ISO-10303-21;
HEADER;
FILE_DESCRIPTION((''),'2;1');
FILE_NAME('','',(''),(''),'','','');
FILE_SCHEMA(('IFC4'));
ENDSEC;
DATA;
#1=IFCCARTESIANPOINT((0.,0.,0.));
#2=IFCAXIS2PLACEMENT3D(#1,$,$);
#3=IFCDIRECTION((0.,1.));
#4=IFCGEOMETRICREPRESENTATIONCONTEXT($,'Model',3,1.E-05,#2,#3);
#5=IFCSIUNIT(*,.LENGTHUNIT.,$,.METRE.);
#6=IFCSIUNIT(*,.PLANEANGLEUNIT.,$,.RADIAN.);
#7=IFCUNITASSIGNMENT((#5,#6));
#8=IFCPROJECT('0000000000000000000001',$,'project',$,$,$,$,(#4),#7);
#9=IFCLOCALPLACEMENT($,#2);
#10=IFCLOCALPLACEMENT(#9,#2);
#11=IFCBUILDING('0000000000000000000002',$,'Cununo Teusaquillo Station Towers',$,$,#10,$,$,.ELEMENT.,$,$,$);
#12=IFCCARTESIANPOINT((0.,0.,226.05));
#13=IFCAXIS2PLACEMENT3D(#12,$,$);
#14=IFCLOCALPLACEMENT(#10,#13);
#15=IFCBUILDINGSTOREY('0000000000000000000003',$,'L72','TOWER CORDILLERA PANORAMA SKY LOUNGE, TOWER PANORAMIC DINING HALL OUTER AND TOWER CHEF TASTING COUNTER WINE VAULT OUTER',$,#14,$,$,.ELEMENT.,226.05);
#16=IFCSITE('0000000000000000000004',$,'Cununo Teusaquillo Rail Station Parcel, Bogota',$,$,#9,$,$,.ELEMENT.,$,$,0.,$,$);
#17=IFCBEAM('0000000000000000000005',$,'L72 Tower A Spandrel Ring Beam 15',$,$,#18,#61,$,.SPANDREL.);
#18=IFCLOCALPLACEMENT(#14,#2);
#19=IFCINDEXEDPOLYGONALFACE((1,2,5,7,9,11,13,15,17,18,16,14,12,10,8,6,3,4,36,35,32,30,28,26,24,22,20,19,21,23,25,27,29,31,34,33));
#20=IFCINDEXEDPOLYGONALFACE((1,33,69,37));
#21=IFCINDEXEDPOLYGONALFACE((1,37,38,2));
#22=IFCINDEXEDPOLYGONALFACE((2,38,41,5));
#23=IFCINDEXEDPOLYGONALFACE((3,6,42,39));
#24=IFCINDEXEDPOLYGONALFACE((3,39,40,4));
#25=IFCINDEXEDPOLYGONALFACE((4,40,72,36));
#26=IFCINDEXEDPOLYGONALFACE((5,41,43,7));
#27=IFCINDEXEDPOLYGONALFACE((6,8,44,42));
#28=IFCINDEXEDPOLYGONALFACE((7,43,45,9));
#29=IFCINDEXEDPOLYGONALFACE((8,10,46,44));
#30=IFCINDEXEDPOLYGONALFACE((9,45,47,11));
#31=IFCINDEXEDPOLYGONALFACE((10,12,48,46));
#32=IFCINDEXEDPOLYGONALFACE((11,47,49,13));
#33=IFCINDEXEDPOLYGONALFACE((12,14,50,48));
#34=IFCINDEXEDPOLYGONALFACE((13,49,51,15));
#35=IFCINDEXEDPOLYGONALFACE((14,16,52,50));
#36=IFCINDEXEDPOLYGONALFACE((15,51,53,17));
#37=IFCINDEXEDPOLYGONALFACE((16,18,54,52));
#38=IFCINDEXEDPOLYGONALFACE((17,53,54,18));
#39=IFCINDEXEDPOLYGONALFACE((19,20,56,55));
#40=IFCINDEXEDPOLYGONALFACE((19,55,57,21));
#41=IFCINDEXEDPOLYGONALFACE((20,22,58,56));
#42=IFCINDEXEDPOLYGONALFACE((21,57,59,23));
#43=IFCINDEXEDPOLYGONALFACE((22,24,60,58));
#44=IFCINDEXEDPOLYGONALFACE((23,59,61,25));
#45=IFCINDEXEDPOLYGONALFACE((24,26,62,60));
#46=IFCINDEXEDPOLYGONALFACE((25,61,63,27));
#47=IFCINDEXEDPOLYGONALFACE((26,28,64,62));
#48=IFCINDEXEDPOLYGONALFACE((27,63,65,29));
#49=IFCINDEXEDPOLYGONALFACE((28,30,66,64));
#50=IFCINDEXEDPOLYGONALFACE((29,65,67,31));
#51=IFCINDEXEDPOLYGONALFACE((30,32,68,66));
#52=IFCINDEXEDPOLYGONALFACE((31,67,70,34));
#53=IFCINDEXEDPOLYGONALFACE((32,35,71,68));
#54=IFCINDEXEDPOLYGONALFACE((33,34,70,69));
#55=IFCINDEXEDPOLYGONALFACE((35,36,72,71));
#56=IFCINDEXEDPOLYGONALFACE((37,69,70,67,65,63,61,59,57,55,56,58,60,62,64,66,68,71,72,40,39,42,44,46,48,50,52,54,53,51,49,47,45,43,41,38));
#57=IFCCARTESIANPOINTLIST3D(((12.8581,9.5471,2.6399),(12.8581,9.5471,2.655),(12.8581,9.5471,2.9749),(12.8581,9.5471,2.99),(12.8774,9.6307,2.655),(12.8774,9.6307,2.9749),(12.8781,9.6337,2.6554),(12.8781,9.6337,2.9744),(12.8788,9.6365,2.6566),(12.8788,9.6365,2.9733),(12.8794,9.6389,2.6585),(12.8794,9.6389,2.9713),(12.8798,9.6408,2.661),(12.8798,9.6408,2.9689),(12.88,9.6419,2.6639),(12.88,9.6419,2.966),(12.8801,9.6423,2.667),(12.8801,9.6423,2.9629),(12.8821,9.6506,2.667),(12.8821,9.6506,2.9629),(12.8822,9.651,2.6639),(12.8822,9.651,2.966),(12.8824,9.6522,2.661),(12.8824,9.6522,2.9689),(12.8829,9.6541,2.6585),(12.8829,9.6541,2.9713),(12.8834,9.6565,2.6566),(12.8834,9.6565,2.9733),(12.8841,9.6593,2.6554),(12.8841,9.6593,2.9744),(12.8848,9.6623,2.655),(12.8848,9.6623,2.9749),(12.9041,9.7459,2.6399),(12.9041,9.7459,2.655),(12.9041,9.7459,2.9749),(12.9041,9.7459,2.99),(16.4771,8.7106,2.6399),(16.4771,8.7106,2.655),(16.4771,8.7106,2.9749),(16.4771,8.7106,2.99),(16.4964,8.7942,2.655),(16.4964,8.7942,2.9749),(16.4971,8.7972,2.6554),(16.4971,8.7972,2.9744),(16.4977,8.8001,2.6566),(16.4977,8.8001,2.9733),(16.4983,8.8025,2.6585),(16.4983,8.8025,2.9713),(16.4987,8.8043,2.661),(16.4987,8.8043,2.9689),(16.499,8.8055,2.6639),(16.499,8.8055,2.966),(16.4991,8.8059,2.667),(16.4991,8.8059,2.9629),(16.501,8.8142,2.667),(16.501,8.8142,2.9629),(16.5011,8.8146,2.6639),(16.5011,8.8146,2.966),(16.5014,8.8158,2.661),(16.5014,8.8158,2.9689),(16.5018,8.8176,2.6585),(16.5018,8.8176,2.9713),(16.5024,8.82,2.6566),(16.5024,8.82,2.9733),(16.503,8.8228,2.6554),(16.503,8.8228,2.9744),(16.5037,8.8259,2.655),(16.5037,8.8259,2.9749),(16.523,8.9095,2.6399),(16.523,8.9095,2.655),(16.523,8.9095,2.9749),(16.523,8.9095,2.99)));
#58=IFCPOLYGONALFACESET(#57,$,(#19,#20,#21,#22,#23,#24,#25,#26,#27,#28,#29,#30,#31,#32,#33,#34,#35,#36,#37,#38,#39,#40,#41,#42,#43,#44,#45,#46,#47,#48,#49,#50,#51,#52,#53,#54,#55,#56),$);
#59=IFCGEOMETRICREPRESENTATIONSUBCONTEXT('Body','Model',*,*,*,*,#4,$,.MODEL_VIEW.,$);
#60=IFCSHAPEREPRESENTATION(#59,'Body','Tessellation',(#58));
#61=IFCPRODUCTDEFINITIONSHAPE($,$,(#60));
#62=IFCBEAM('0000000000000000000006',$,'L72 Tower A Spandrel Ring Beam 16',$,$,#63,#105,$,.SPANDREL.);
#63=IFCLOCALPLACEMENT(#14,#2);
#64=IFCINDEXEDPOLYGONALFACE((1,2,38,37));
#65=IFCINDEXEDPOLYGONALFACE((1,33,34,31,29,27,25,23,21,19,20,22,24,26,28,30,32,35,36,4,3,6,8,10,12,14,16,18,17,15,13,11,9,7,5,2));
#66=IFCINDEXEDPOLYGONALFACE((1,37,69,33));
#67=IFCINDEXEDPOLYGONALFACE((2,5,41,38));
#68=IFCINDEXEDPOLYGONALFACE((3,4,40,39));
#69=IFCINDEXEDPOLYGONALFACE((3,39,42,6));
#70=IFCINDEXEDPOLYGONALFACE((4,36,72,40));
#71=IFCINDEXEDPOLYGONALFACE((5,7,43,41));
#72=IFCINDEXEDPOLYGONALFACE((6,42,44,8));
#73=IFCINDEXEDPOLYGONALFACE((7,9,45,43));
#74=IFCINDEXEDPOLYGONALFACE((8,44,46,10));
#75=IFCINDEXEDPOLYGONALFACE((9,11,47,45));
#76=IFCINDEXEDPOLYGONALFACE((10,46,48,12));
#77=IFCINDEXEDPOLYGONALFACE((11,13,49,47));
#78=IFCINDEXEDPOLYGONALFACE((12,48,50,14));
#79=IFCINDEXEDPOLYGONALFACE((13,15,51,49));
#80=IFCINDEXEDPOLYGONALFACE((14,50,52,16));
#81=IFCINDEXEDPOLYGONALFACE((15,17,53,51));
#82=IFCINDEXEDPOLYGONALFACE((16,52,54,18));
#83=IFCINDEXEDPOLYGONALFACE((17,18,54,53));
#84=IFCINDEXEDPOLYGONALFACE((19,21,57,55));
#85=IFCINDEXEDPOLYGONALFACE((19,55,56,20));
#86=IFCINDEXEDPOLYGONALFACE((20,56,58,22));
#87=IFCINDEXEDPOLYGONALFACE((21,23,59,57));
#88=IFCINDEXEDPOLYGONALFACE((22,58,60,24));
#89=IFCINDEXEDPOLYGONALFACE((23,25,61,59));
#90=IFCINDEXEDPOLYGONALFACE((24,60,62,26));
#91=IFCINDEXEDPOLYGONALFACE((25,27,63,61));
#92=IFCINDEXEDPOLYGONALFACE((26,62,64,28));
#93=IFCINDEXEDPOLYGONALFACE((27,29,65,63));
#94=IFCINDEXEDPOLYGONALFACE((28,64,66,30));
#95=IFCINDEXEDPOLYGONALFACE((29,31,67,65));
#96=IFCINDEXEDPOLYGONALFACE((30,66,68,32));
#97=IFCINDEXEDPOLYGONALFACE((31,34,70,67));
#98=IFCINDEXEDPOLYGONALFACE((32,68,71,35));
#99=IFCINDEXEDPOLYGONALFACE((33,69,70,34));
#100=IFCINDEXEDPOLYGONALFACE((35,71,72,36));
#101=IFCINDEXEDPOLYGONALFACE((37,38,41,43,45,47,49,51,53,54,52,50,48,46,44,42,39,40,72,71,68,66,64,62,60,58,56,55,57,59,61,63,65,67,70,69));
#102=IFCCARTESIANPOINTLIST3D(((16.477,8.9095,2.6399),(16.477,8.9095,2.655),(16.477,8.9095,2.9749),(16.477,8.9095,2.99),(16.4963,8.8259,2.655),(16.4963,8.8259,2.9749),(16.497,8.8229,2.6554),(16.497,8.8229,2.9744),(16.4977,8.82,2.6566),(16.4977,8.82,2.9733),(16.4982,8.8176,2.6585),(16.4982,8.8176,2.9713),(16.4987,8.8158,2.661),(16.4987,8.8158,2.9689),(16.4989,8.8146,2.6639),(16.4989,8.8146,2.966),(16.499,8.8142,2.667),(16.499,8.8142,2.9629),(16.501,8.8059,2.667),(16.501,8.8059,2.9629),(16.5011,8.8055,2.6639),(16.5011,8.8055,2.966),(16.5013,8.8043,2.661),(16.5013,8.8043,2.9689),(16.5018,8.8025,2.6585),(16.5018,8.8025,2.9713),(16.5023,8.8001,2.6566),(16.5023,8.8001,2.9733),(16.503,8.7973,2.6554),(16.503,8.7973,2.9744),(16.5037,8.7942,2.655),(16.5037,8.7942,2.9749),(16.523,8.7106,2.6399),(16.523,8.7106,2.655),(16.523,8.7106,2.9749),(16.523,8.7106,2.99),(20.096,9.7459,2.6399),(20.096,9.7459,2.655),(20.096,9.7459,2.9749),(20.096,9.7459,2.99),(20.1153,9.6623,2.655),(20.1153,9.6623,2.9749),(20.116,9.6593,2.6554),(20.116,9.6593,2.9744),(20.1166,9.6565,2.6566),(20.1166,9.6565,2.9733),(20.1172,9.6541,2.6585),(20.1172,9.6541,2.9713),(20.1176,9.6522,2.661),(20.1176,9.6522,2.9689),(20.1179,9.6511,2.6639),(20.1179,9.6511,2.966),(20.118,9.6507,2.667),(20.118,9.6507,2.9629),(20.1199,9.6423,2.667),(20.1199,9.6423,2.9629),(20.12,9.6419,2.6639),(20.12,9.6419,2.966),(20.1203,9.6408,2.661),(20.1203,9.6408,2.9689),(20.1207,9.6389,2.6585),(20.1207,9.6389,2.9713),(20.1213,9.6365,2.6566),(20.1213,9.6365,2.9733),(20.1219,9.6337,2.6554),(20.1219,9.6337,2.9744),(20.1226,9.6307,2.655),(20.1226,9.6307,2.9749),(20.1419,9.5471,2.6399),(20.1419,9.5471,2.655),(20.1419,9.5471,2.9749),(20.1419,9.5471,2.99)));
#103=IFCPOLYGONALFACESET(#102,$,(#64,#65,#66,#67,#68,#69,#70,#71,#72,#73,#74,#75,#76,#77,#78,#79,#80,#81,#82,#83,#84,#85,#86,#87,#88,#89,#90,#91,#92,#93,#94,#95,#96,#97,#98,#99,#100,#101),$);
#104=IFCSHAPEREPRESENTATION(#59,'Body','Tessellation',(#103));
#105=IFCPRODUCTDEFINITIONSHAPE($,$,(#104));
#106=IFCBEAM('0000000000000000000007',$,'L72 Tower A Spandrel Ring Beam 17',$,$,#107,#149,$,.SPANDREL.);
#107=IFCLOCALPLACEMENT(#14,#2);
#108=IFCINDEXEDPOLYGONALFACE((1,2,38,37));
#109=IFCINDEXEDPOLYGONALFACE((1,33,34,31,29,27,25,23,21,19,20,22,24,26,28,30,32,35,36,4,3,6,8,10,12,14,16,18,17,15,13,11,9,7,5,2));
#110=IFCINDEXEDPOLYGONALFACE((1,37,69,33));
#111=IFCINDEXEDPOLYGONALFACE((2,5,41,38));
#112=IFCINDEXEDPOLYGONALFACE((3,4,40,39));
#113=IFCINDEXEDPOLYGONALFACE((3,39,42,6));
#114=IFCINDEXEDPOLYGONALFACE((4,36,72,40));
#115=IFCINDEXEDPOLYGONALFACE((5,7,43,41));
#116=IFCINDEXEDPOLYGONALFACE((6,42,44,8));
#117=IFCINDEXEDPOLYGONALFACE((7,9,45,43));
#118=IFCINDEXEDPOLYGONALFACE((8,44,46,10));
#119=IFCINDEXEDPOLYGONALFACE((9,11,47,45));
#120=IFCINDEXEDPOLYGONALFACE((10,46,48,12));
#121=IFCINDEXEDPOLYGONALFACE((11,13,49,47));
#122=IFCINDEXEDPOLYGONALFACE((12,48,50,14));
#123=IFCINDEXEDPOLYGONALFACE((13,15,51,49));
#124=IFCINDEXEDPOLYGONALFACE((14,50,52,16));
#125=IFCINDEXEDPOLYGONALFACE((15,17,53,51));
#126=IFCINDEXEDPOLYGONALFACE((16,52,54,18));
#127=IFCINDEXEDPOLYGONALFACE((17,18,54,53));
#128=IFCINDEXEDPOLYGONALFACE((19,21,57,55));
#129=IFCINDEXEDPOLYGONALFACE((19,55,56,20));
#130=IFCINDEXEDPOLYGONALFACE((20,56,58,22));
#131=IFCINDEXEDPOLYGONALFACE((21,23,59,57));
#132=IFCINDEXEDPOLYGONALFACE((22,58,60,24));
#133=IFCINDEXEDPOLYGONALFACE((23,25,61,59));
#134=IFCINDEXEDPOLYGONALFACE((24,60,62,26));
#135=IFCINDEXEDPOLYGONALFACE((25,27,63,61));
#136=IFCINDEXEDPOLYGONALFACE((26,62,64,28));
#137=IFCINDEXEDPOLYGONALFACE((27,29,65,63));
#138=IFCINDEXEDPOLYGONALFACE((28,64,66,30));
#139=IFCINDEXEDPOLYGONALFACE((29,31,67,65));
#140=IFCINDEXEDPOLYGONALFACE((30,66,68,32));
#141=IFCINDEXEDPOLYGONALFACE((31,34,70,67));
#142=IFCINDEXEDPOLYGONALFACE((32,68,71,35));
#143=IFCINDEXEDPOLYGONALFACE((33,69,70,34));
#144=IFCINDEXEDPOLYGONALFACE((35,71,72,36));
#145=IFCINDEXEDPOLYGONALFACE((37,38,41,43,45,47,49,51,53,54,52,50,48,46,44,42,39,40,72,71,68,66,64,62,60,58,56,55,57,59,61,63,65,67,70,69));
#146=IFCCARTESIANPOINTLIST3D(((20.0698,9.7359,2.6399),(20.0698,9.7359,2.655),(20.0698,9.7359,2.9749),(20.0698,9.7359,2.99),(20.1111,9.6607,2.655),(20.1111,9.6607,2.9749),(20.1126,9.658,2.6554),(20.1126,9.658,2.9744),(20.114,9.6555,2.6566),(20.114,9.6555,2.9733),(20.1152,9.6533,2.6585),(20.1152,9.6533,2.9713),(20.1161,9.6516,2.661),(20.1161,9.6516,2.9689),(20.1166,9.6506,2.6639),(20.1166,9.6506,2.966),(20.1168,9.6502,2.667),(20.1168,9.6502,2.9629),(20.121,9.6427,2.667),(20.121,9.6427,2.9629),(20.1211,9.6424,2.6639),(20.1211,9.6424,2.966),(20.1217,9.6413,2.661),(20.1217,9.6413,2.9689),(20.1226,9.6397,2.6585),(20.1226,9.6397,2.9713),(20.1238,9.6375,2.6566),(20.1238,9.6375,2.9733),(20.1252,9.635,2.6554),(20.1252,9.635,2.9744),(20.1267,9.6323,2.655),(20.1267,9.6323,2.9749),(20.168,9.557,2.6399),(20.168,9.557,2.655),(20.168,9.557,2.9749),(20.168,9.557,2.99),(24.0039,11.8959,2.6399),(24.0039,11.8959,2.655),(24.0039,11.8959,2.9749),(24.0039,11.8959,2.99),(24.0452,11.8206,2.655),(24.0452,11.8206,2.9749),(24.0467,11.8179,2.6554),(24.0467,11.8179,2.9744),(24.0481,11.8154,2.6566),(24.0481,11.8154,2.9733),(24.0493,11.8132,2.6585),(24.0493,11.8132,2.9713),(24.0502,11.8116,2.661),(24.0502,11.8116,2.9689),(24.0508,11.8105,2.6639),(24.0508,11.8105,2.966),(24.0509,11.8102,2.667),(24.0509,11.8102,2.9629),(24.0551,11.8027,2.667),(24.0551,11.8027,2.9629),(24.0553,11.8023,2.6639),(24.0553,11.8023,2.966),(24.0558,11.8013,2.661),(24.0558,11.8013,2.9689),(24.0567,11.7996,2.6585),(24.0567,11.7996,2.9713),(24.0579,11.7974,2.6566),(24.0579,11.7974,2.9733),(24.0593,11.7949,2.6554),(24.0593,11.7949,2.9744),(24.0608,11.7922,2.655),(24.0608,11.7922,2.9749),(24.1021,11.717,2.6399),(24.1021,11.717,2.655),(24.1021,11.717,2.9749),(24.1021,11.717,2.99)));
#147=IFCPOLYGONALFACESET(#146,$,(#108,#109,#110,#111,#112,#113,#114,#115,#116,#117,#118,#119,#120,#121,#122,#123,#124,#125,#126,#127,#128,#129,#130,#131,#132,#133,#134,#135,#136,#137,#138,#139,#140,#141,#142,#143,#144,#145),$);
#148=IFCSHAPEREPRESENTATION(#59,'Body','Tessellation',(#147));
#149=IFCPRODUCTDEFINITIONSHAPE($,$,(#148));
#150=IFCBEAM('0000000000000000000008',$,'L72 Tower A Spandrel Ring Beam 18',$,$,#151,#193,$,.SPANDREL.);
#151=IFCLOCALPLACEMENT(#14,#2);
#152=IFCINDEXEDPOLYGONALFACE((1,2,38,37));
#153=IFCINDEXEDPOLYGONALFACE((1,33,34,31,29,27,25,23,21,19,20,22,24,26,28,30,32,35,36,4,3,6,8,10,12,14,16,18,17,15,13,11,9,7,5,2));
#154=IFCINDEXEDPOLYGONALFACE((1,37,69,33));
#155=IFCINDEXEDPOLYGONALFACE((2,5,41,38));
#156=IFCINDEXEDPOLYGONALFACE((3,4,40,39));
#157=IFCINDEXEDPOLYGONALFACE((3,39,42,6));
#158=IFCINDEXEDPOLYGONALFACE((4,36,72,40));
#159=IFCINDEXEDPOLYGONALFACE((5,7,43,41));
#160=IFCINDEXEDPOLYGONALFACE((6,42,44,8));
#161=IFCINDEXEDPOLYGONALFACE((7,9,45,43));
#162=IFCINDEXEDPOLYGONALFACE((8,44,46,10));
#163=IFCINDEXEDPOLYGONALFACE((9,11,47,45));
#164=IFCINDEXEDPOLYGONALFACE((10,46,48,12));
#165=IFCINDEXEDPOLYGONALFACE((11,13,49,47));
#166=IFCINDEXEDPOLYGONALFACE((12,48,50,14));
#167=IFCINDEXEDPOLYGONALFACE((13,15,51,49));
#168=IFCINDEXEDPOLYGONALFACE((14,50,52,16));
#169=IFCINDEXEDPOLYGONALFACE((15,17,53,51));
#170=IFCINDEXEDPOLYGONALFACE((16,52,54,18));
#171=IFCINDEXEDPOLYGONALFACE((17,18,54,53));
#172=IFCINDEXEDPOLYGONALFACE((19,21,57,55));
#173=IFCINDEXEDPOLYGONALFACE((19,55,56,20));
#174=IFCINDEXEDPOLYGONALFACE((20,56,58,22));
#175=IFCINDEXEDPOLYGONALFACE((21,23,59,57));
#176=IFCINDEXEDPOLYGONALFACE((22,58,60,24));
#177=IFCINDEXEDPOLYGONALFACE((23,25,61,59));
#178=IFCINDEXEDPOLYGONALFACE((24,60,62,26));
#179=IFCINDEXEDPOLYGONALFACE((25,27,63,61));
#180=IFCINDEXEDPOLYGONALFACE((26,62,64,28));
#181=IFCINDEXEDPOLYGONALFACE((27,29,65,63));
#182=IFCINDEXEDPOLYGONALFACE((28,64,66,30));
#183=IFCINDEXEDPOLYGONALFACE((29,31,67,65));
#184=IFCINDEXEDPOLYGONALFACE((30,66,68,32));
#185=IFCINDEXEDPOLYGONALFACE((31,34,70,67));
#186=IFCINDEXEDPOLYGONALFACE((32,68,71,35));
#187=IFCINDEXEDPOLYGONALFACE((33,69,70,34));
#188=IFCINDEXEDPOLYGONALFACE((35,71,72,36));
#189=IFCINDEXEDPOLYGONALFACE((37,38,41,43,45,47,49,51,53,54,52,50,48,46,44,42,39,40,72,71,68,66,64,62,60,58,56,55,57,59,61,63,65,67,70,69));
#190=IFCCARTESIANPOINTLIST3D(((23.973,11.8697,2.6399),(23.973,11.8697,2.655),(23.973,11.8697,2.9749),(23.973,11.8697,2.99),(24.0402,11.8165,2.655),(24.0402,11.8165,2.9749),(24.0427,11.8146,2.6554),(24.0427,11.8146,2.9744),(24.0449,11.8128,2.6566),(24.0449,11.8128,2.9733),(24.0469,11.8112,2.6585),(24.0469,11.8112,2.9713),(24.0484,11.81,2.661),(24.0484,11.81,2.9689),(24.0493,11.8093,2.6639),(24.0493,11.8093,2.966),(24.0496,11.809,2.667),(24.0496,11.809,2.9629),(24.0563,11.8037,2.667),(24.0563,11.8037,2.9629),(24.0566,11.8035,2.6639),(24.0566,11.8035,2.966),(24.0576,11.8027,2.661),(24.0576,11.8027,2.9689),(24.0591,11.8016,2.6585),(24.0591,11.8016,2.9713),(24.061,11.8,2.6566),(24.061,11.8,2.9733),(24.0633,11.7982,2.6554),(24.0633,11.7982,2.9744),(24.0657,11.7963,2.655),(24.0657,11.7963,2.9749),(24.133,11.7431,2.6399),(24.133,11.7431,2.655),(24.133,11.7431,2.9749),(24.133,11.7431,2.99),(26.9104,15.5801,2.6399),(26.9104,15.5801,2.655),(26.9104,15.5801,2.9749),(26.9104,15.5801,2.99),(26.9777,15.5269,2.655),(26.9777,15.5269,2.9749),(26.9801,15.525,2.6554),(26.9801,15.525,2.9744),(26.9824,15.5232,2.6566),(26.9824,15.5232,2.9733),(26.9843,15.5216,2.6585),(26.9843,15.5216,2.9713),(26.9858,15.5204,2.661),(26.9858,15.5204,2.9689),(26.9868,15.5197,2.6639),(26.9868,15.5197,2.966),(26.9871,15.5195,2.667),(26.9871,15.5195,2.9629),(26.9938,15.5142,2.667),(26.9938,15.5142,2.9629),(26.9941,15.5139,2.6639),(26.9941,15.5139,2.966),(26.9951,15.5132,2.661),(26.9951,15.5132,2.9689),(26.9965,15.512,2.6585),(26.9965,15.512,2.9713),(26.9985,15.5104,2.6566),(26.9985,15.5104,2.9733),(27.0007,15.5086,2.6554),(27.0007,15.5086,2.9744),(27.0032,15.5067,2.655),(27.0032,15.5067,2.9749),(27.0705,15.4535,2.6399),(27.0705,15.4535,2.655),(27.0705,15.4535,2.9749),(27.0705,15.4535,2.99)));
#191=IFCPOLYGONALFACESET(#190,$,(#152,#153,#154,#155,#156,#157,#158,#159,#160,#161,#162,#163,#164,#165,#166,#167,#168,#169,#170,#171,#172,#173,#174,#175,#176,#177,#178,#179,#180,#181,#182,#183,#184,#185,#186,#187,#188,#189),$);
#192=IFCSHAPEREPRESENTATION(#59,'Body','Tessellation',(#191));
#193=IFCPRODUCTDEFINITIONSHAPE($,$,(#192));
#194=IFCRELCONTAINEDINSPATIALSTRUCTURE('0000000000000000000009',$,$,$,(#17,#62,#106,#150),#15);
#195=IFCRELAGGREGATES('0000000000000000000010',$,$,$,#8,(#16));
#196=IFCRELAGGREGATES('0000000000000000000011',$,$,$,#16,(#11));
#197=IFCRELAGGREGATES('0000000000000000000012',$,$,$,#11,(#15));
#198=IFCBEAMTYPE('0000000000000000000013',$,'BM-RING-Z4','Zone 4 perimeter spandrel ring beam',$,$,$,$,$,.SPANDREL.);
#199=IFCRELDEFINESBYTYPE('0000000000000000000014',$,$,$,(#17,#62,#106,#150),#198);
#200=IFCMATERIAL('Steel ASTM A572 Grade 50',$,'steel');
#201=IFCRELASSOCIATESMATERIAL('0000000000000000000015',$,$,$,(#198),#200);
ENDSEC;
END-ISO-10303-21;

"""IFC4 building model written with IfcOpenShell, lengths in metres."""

from ifc_helpers import new_model, si_unit, direction, frame, origin, origin_2d, place, context, subcontext, project, spatial, i_section, extrude, material, material_profile, profile_set, type_object, element, save


model = new_model("IFC4")

# Units and contexts
model_context = context("Model", 3, precision=1e-05, world=origin(), true_north=direction((0.0, 1.0)))
body_context = subcontext(model_context, "Body", "Model", "MODEL_VIEW")
ifc_project = project(units=[si_unit("LENGTHUNIT", "METRE"), si_unit("PLANEANGLEUNIT", "RADIAN")], contexts=[model_context])

# Site, building, storey
site_placement = place(None, origin())
site = spatial("IfcSite", under=ifc_project, at=site_placement, Name="Cununo Teusaquillo Rail Station Parcel, Bogota", CompositionType="ELEMENT", RefElevation=0.0)
building_placement = place(site_placement, origin())
building = spatial("IfcBuilding", under=site, at=building_placement, Name="Cununo Teusaquillo Station Towers", CompositionType="ELEMENT")
storey_placement = place(building_placement, frame((0.0, 0.0, 226.05)))
storey = spatial("IfcBuildingStorey", under=building, at=storey_placement, Name="L72", Description="TOWER CORDILLERA PANORAMA SKY LOUNGE, TOWER PANORAMIC DINING HALL OUTER AND TOWER CHEF TASTING COUNTER WINE VAULT OUTER", CompositionType="ELEMENT", Elevation=226.05)

# Beams
ifc_material_1 = material(Name="Steel ASTM A572 Grade 50", Category="steel")
ifc_material_profile_1 = material_profile(ifc_material_1, i_section(OverallWidth=0.2041, OverallDepth=0.3501, WebThickness=0.0085, FlangeThickness=0.0151, FilletRadius=0.012, at=origin_2d()), Name="W14X48")
ifc_profile_set_1 = profile_set([ifc_material_profile_1], Name="Steel ASTM A572 Grade 50")
beam_type_1 = type_object("IfcBeamType", Name="BM-RING-Z4", Description="Zone 4 perimeter spandrel ring beam", PredefinedType="SPANDREL", material=ifc_profile_set_1)
for number, where, z_axis, x_axis, name in (
    (1, (12.8811, 9.6465, 2.8149), (0.974315, -0.225191, 0.0), (0.225191, 0.974315, 0.0), "L72 Tower A Spandrel Ring Beam 15"),
    (2, (16.5, 8.8101, 2.8149), (0.974315, 0.225191, 0.0), (-0.225191, 0.974315, 0.0), "L72 Tower A Spandrel Ring Beam 16"),
):
    element("IfcBeam", number, at=place(storey_placement, frame(where, z_axis=z_axis, x_axis=x_axis)), inside=storey, type_object=beam_type_1, Name=name, PredefinedType="SPANDREL", context=body_context, shape_type="SweptSolid", body=[
        extrude(i_section(OverallWidth=0.2041, OverallDepth=0.3501, WebThickness=0.0085, FlangeThickness=0.0151, FilletRadius=0.012, at=origin_2d()), origin(), (0.0, 0.0, 1.0), 3.7144),
    ])
beam_1_placement = place(storey_placement, frame((20.1189, 9.6465, 2.8149), z_axis=(0.876576, 0.481263, 0.0), x_axis=(-0.481263, 0.876576, 0.0)))
element("IfcBeam", 3, at=beam_1_placement, inside=storey, type_object=beam_type_1, Name="L72 Tower A Spandrel Ring Beam 17", PredefinedType="SPANDREL", context=body_context, shape_type="SweptSolid", body=[
    extrude(i_section(OverallWidth=0.2041, OverallDepth=0.3501, WebThickness=0.0085, FlangeThickness=0.0151, FilletRadius=0.012, at=origin_2d()), origin(), (0.0, 0.0, 1.0), 4.488),
])
beam_2_placement = place(storey_placement, frame((24.053, 11.8064, 2.8149), z_axis=(0.620711, 0.78404, 0.0), x_axis=(-0.78404, 0.620711, 0.0)))
element("IfcBeam", 4, at=beam_2_placement, inside=storey, type_object=beam_type_1, Name="L72 Tower A Spandrel Ring Beam 18", PredefinedType="SPANDREL", context=body_context, shape_type="SweptSolid", body=[
    extrude(i_section(OverallWidth=0.2041, OverallDepth=0.3501, WebThickness=0.0085, FlangeThickness=0.0151, FilletRadius=0.012, at=origin_2d()), origin(), (0.0, 0.0, 1.0), 4.7324),
])

save(model, "model.ifc")
